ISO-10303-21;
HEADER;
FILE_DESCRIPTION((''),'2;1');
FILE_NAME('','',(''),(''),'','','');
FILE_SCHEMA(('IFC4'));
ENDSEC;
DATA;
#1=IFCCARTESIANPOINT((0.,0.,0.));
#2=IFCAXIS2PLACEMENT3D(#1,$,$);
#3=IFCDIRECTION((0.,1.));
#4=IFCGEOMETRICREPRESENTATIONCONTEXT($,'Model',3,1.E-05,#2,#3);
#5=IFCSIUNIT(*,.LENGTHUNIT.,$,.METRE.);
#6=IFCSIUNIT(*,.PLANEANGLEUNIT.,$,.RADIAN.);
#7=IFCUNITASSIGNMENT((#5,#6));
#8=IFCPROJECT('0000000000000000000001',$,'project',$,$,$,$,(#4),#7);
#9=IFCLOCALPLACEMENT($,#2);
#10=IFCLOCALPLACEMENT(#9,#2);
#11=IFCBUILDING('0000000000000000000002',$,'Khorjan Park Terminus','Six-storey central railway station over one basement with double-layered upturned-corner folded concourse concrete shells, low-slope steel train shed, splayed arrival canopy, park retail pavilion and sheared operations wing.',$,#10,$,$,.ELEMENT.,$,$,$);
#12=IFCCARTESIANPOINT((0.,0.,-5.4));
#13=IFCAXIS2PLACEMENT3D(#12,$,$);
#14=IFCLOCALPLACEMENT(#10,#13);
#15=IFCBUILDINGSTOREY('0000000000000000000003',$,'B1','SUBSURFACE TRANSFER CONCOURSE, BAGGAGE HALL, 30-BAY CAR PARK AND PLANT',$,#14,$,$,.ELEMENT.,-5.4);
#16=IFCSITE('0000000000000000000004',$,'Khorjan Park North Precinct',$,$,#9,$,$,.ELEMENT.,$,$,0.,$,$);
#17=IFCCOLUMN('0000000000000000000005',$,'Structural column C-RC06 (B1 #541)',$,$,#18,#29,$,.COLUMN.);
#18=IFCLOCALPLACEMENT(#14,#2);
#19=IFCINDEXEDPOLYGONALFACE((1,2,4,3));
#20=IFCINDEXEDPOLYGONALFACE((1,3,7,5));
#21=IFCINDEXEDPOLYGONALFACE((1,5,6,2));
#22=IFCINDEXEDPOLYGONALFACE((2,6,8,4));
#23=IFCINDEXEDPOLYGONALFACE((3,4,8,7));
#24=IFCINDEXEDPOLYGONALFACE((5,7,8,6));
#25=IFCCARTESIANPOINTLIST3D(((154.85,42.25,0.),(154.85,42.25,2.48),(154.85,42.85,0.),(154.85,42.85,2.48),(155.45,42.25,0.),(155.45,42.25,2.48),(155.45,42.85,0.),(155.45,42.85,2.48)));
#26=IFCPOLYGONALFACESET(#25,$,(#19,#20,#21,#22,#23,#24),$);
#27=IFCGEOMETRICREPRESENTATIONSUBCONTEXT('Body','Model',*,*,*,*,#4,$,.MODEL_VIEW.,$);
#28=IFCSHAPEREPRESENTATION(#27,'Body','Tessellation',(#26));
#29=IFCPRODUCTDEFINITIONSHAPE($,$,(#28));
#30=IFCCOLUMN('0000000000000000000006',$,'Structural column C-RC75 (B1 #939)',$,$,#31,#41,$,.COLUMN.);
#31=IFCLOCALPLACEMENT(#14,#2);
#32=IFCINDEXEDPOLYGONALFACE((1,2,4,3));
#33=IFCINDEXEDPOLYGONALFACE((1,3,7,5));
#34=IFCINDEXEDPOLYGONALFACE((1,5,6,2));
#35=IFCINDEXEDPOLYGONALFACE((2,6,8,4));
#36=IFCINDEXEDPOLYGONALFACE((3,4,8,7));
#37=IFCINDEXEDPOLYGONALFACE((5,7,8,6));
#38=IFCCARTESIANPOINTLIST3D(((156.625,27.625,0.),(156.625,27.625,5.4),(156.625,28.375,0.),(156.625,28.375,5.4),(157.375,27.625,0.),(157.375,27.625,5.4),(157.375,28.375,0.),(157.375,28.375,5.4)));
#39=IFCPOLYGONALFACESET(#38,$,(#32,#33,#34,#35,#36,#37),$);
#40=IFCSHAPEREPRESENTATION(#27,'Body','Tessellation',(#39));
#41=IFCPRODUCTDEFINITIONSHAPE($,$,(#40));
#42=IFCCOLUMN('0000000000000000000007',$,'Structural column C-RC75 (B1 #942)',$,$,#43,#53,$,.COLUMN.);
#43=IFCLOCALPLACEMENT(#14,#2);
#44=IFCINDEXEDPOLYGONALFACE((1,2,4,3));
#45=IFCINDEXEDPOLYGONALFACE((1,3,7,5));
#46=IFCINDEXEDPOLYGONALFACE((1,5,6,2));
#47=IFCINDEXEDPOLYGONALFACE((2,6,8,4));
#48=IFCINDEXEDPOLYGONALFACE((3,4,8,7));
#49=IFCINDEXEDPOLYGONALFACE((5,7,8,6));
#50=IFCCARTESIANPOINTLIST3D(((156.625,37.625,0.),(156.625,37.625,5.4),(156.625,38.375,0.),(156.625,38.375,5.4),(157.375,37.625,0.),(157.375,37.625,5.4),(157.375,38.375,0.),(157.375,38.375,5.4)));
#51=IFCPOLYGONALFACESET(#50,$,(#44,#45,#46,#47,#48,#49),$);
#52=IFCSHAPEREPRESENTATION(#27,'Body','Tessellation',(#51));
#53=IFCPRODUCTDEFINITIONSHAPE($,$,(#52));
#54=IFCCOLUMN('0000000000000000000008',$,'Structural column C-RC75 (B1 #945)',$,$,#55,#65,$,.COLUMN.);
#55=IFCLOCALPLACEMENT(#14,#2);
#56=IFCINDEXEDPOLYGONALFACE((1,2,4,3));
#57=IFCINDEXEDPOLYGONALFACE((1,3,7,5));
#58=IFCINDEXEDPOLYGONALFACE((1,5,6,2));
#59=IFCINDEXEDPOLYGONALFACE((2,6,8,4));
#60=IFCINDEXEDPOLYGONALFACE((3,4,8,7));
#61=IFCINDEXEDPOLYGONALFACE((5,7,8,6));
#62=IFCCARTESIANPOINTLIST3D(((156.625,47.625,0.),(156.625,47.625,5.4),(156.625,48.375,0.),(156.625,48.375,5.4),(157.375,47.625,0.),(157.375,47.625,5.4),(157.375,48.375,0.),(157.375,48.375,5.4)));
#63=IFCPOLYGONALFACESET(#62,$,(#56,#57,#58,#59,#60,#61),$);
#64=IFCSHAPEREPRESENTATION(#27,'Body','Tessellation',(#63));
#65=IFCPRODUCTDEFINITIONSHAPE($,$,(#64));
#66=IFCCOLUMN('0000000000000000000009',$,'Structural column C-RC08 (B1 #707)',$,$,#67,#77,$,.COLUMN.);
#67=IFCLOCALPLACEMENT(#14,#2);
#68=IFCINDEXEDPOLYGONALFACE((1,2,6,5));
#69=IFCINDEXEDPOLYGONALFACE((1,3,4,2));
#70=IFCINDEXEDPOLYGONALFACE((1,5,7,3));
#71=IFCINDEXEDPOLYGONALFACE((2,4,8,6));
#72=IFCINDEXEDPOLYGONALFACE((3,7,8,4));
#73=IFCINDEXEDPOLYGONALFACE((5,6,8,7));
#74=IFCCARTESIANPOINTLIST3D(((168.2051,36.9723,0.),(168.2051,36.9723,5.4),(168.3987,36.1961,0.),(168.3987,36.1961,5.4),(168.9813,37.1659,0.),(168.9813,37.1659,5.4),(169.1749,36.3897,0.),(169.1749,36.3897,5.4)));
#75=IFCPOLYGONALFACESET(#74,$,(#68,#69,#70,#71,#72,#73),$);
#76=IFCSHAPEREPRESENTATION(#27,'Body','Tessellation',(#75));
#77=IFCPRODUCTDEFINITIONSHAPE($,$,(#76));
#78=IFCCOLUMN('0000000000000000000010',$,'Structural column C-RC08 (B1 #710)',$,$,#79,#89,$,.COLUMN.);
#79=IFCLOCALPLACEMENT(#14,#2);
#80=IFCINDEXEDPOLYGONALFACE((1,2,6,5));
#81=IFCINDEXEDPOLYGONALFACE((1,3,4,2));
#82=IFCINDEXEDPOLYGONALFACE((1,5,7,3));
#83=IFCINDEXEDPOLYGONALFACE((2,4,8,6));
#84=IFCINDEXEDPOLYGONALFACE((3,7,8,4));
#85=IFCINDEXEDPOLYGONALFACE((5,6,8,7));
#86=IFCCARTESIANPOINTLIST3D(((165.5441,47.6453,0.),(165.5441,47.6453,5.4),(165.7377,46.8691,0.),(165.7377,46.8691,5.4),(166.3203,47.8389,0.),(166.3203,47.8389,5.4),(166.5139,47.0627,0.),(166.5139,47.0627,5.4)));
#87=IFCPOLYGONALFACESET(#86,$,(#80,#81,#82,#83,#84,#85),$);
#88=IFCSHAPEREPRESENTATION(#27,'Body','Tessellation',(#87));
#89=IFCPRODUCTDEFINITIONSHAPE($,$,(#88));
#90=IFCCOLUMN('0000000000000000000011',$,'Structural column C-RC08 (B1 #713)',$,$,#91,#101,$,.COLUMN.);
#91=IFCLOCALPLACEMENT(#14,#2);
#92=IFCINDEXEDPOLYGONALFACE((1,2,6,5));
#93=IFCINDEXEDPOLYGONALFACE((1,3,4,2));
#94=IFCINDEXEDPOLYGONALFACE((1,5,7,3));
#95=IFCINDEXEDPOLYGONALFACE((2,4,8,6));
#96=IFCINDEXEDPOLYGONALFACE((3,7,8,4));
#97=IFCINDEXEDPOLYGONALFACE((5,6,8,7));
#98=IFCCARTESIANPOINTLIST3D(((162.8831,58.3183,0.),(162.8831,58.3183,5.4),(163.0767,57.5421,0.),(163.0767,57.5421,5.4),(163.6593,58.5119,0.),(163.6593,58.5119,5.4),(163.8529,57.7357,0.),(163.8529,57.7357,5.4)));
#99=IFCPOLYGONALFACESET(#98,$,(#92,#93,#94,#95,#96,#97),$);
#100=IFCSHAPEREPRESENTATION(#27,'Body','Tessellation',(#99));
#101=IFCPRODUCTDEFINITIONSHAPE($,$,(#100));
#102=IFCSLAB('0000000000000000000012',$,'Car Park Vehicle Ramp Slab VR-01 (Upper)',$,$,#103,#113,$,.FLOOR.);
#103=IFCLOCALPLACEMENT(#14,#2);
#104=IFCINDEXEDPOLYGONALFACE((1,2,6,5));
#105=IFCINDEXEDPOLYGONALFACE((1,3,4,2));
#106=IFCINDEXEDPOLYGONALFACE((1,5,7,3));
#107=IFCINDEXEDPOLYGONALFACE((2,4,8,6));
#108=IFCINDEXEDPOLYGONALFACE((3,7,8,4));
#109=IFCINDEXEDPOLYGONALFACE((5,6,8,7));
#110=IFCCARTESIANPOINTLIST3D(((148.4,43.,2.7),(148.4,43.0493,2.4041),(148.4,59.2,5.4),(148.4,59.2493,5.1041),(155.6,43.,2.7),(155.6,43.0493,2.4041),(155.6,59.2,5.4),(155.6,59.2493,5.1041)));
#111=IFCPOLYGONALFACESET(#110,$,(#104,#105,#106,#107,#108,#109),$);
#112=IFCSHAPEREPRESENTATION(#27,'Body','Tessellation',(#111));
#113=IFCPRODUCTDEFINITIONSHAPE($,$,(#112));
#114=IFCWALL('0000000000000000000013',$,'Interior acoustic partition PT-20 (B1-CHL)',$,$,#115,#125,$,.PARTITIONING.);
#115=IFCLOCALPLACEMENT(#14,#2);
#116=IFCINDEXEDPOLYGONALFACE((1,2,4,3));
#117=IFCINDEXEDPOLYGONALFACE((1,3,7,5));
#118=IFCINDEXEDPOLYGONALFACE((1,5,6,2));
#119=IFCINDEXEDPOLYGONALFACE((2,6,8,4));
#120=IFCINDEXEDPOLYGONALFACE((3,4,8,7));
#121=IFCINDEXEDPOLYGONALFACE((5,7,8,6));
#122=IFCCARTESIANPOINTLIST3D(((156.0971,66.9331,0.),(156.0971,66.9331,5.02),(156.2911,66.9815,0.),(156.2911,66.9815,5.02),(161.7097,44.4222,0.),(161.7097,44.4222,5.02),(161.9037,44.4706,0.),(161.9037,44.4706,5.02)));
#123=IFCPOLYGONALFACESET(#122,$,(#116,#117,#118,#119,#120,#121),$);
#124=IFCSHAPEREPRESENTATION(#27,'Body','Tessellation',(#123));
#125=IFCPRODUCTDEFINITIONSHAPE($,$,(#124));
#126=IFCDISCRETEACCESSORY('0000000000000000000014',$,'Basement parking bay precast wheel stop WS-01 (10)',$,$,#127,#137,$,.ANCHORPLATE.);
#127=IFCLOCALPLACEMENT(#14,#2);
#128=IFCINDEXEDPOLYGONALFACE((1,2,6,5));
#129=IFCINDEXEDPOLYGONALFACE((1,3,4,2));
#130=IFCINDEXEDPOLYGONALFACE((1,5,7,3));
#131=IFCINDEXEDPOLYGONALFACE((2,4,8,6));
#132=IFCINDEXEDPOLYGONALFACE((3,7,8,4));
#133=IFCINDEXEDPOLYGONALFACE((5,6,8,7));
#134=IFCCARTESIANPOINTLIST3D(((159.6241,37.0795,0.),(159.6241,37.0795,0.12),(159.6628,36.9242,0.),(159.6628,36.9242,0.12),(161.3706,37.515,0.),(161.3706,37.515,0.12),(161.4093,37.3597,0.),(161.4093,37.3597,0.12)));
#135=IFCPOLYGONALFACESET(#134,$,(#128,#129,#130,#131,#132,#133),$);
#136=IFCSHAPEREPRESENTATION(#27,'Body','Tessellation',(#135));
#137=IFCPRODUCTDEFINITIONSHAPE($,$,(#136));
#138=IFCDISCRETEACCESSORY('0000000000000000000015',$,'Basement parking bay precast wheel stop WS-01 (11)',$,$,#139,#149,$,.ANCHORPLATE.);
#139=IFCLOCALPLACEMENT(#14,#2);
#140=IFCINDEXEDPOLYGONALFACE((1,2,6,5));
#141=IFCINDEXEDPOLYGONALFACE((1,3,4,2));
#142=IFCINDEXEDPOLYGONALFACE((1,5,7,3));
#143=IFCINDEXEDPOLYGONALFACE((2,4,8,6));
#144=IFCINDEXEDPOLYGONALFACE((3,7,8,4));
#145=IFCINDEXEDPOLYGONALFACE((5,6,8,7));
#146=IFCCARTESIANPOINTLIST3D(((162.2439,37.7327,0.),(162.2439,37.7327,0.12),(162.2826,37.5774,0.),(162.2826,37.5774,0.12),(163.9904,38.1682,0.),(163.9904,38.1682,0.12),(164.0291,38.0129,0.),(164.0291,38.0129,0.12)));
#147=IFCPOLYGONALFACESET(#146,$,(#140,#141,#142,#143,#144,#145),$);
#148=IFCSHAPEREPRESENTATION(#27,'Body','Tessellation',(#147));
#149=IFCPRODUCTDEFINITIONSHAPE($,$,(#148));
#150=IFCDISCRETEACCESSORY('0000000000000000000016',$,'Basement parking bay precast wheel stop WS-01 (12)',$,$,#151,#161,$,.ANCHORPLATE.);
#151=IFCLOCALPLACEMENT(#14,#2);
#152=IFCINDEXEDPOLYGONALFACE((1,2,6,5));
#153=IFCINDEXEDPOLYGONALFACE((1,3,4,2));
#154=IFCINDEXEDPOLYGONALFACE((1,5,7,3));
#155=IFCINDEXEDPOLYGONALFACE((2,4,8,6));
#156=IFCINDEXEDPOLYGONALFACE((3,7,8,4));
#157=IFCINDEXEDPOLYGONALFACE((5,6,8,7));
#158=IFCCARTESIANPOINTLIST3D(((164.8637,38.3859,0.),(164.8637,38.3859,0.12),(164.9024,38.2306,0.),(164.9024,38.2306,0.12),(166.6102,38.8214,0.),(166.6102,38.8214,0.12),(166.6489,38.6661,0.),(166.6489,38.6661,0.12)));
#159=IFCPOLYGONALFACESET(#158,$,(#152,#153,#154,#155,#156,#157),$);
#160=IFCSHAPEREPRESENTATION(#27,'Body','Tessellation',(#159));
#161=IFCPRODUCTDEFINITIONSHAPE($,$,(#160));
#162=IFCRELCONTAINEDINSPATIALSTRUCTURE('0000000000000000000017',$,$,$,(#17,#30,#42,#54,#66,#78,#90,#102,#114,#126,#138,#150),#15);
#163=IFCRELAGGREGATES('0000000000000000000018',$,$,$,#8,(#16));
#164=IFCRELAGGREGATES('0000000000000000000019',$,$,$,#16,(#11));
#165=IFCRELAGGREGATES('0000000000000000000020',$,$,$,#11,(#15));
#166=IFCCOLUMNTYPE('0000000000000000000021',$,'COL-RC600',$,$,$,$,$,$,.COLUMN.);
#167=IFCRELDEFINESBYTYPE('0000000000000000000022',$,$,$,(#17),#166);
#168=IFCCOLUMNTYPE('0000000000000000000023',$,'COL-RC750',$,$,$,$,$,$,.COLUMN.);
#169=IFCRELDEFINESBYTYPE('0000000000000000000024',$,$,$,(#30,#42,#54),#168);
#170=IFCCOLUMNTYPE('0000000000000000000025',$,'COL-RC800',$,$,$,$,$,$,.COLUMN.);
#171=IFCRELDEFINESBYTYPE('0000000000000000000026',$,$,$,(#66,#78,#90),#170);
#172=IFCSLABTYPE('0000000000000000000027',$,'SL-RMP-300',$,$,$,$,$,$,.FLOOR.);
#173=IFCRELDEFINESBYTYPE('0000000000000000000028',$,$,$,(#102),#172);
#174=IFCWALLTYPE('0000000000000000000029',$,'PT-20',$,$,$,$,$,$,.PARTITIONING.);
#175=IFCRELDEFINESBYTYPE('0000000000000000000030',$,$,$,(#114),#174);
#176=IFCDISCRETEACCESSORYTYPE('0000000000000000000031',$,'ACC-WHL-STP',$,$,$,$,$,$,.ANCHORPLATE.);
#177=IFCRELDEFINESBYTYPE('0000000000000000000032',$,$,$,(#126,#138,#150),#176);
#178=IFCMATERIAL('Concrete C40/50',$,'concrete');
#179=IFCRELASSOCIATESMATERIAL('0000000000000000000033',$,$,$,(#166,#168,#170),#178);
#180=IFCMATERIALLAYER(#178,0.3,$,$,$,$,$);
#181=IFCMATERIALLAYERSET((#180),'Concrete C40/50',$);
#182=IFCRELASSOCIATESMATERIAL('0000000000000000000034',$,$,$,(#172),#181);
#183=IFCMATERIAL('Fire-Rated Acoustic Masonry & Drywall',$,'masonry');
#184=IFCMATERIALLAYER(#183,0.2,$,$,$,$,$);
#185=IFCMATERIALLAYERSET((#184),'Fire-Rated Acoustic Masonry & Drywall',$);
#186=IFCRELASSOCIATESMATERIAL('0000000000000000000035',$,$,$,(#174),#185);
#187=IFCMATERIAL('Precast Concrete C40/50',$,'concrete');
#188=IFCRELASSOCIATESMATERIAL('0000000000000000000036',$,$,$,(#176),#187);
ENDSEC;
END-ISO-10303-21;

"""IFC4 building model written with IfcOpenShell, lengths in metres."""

from ifc_helpers import new_model, si_unit, direction, frame, frame_2d, origin, origin_2d, place, context, subcontext, project, spatial, polyline, rectangle, outline, extrude, material, layer, layer_set, material_profile, profile_set, type_object, element, save


model = new_model("IFC4")

# Units and contexts
model_context = context("Model", 3, precision=1e-05, world=origin(), true_north=direction((0.0, 1.0)))
body_context = subcontext(model_context, "Body", "Model", "MODEL_VIEW")
ifc_project = project(units=[si_unit("LENGTHUNIT", "METRE"), si_unit("PLANEANGLEUNIT", "RADIAN")], contexts=[model_context])

# Site, building, storey
site_placement = place(None, origin())
site = spatial("IfcSite", under=ifc_project, at=site_placement, Name="Khorjan Park North Precinct", CompositionType="ELEMENT", RefElevation=0.0)
building_placement = place(site_placement, origin())
building = spatial("IfcBuilding", under=site, at=building_placement, Name="Khorjan Park Terminus", Description="Six-storey central railway station over one basement with double-layered upturned-corner folded concourse concrete shells, low-slope steel train shed, splayed arrival canopy, park retail pavilion and sheared operations wing.", CompositionType="ELEMENT")
storey_placement = place(building_placement, frame((0.0, 0.0, -5.4)))
storey = spatial("IfcBuildingStorey", under=building, at=storey_placement, Name="B1", Description="SUBSURFACE TRANSFER CONCOURSE, BAGGAGE HALL, 30-BAY CAR PARK AND PLANT", CompositionType="ELEMENT", Elevation=-5.4)

# Shared definitions
ifc_material_1 = material(Name="Concrete C40/50", Category="concrete")

# Columns
ifc_material_profile_1 = material_profile(ifc_material_1, rectangle(XDim=0.6, YDim=0.6, at=origin_2d()), Name="RC 600x600")
ifc_profile_set_1 = profile_set([ifc_material_profile_1], Name="Concrete C40/50")
column_type_1 = type_object("IfcColumnType", Name="COL-RC600", PredefinedType="COLUMN", material=ifc_profile_set_1)
for number, where, z_axis, x_axis, name in (
    (1, (155.15, 42.55, 0.0), (0.0, 0.0, 1.0), (1.0, 0.0, 0.0), "Structural column C-RC06 (B1 #541)"),
):
    element("IfcColumn", number, at=place(storey_placement, frame(where, z_axis=z_axis, x_axis=x_axis)), inside=storey, type_object=column_type_1, Name=name, PredefinedType="COLUMN", context=body_context, shape_type="SweptSolid", body=[
        extrude(rectangle(XDim=0.6, YDim=0.6, at=origin_2d()), origin(), (0.0, 0.0, 1.0), 2.48),
    ])
ifc_material_profile_2 = material_profile(ifc_material_1, rectangle(XDim=0.75, YDim=0.75, at=origin_2d()), Name="RC 750x750")
ifc_profile_set_2 = profile_set([ifc_material_profile_2], Name="Concrete C40/50")
column_type_2 = type_object("IfcColumnType", Name="COL-RC750", PredefinedType="COLUMN", material=ifc_profile_set_2)
for number, where, z_axis, x_axis, name in (
    (2, (157.0, 28.0, 0.0), (0.0, 0.0, 1.0), (1.0, 0.0, 0.0), "Structural column C-RC75 (B1 #939)"),
    (3, (157.0, 38.0, 0.0), (0.0, 0.0, 1.0), (1.0, 0.0, 0.0), "Structural column C-RC75 (B1 #942)"),
    (4, (157.0, 48.0, 0.0), (0.0, 0.0, 1.0), (1.0, 0.0, 0.0), "Structural column C-RC75 (B1 #945)"),
):
    element("IfcColumn", number, at=place(storey_placement, frame(where, z_axis=z_axis, x_axis=x_axis)), inside=storey, type_object=column_type_2, Name=name, PredefinedType="COLUMN", context=body_context, shape_type="SweptSolid", body=[
        extrude(rectangle(XDim=0.75, YDim=0.75, at=origin_2d()), origin(), (0.0, 0.0, 1.0), 5.4),
    ])
ifc_material_profile_3 = material_profile(ifc_material_1, rectangle(XDim=0.8, YDim=0.8, at=origin_2d()), Name="RC 800x800")
ifc_profile_set_3 = profile_set([ifc_material_profile_3], Name="Concrete C40/50")
column_type_3 = type_object("IfcColumnType", Name="COL-RC800", PredefinedType="COLUMN", material=ifc_profile_set_3)
for number, where, z_axis, x_axis, name in (
    (5, (168.69, 36.681, 0.0), (0.0, 0.0, 1.0), (0.970296, 0.241922, 0.0), "Structural column C-RC08 (B1 #707)"),
    (6, (166.029, 47.354, 0.0), (0.0, 0.0, 1.0), (0.970296, 0.241922, 0.0), "Structural column C-RC08 (B1 #710)"),
    (7, (163.368, 58.027, 0.0), (0.0, 0.0, 1.0), (0.970296, 0.241922, 0.0), "Structural column C-RC08 (B1 #713)"),
):
    element("IfcColumn", number, at=place(storey_placement, frame(where, z_axis=z_axis, x_axis=x_axis)), inside=storey, type_object=column_type_3, Name=name, PredefinedType="COLUMN", context=body_context, shape_type="SweptSolid", body=[
        extrude(rectangle(XDim=0.8, YDim=0.8, at=origin_2d()), origin(), (0.0, 0.0, 1.0), 5.4),
    ])

# Slab
ifc_layer_1 = layer(ifc_material_1, 0.3)
ifc_layer_set_1 = layer_set([ifc_layer_1], Name="Concrete C40/50")
slab_type = type_object("IfcSlabType", Name="SL-RMP-300", PredefinedType="FLOOR", material=ifc_layer_set_1)
slab_placement = place(storey_placement, frame((148.4, 43.0, 2.7), z_axis=(0.0, -0.164399, 0.986394), x_axis=(1.0, 0.0, 0.0)))
element("IfcSlab", 8, at=slab_placement, inside=storey, type_object=slab_type, Name="Car Park Vehicle Ramp Slab VR-01 (Upper)", PredefinedType="FLOOR", context=body_context, shape_type="SweptSolid", body=[
    extrude(outline(polyline([(0.0, 0.0), (7.2, 0.0), (7.2, 16.4235), (0.0, 16.4235), (0.0, 0.0)])), origin(), (0.0, 0.0, -1.0), 0.3),
])

# Wall
ifc_material_2 = material(Name="Fire-Rated Acoustic Masonry & Drywall", Category="masonry")
ifc_layer_2 = layer(ifc_material_2, 0.2)
ifc_layer_set_2 = layer_set([ifc_layer_2], Name="Fire-Rated Acoustic Masonry & Drywall")
wall_type = type_object("IfcWallType", Name="PT-20", PredefinedType="PARTITIONING", material=ifc_layer_set_2)
wall_placement = place(storey_placement, frame((161.8067, 44.4464, 0.0), z_axis=(0.0, 0.0, 1.0), x_axis=(-0.241922, 0.970296, 0.0)))
element("IfcWall", 9, at=wall_placement, inside=storey, type_object=wall_type, Name="Interior acoustic partition PT-20 (B1-CHL)", PredefinedType="PARTITIONING", context=body_context, shape_type="SweptSolid", body=[
    extrude(rectangle(XDim=23.2, YDim=0.2, at=frame_2d((11.6, 0.0))), origin(), (0.0, 0.0, 1.0), 5.02),
])

# Discrete accessories
ifc_material_3 = material(Name="Precast Concrete C40/50", Category="concrete")
discrete_accessory_type = type_object("IfcDiscreteAccessoryType", Name="ACC-WHL-STP", PredefinedType="ANCHORPLATE", material=ifc_material_3)
for number, where, z_axis, x_axis, name in (
    (10, (160.5167, 37.2196, 0.0), (0.0, 0.0, 1.0), (0.970296, 0.241922, 0.0), "Basement parking bay precast wheel stop WS-01 (10)"),
    (11, (163.1365, 37.8728, 0.0), (0.0, 0.0, 1.0), (0.970296, 0.241922, 0.0), "Basement parking bay precast wheel stop WS-01 (11)"),
    (12, (165.7563, 38.526, 0.0), (0.0, 0.0, 1.0), (0.970296, 0.241922, 0.0), "Basement parking bay precast wheel stop WS-01 (12)"),
):
    element("IfcDiscreteAccessory", number, at=place(storey_placement, frame(where, z_axis=z_axis, x_axis=x_axis)), inside=storey, type_object=discrete_accessory_type, Name=name, PredefinedType="ANCHORPLATE", context=body_context, shape_type="SweptSolid", body=[
        extrude(rectangle(XDim=1.8, YDim=0.16, at=origin_2d()), origin(), (0.0, 0.0, 1.0), 0.12),
    ])

save(model, "model.ifc")
